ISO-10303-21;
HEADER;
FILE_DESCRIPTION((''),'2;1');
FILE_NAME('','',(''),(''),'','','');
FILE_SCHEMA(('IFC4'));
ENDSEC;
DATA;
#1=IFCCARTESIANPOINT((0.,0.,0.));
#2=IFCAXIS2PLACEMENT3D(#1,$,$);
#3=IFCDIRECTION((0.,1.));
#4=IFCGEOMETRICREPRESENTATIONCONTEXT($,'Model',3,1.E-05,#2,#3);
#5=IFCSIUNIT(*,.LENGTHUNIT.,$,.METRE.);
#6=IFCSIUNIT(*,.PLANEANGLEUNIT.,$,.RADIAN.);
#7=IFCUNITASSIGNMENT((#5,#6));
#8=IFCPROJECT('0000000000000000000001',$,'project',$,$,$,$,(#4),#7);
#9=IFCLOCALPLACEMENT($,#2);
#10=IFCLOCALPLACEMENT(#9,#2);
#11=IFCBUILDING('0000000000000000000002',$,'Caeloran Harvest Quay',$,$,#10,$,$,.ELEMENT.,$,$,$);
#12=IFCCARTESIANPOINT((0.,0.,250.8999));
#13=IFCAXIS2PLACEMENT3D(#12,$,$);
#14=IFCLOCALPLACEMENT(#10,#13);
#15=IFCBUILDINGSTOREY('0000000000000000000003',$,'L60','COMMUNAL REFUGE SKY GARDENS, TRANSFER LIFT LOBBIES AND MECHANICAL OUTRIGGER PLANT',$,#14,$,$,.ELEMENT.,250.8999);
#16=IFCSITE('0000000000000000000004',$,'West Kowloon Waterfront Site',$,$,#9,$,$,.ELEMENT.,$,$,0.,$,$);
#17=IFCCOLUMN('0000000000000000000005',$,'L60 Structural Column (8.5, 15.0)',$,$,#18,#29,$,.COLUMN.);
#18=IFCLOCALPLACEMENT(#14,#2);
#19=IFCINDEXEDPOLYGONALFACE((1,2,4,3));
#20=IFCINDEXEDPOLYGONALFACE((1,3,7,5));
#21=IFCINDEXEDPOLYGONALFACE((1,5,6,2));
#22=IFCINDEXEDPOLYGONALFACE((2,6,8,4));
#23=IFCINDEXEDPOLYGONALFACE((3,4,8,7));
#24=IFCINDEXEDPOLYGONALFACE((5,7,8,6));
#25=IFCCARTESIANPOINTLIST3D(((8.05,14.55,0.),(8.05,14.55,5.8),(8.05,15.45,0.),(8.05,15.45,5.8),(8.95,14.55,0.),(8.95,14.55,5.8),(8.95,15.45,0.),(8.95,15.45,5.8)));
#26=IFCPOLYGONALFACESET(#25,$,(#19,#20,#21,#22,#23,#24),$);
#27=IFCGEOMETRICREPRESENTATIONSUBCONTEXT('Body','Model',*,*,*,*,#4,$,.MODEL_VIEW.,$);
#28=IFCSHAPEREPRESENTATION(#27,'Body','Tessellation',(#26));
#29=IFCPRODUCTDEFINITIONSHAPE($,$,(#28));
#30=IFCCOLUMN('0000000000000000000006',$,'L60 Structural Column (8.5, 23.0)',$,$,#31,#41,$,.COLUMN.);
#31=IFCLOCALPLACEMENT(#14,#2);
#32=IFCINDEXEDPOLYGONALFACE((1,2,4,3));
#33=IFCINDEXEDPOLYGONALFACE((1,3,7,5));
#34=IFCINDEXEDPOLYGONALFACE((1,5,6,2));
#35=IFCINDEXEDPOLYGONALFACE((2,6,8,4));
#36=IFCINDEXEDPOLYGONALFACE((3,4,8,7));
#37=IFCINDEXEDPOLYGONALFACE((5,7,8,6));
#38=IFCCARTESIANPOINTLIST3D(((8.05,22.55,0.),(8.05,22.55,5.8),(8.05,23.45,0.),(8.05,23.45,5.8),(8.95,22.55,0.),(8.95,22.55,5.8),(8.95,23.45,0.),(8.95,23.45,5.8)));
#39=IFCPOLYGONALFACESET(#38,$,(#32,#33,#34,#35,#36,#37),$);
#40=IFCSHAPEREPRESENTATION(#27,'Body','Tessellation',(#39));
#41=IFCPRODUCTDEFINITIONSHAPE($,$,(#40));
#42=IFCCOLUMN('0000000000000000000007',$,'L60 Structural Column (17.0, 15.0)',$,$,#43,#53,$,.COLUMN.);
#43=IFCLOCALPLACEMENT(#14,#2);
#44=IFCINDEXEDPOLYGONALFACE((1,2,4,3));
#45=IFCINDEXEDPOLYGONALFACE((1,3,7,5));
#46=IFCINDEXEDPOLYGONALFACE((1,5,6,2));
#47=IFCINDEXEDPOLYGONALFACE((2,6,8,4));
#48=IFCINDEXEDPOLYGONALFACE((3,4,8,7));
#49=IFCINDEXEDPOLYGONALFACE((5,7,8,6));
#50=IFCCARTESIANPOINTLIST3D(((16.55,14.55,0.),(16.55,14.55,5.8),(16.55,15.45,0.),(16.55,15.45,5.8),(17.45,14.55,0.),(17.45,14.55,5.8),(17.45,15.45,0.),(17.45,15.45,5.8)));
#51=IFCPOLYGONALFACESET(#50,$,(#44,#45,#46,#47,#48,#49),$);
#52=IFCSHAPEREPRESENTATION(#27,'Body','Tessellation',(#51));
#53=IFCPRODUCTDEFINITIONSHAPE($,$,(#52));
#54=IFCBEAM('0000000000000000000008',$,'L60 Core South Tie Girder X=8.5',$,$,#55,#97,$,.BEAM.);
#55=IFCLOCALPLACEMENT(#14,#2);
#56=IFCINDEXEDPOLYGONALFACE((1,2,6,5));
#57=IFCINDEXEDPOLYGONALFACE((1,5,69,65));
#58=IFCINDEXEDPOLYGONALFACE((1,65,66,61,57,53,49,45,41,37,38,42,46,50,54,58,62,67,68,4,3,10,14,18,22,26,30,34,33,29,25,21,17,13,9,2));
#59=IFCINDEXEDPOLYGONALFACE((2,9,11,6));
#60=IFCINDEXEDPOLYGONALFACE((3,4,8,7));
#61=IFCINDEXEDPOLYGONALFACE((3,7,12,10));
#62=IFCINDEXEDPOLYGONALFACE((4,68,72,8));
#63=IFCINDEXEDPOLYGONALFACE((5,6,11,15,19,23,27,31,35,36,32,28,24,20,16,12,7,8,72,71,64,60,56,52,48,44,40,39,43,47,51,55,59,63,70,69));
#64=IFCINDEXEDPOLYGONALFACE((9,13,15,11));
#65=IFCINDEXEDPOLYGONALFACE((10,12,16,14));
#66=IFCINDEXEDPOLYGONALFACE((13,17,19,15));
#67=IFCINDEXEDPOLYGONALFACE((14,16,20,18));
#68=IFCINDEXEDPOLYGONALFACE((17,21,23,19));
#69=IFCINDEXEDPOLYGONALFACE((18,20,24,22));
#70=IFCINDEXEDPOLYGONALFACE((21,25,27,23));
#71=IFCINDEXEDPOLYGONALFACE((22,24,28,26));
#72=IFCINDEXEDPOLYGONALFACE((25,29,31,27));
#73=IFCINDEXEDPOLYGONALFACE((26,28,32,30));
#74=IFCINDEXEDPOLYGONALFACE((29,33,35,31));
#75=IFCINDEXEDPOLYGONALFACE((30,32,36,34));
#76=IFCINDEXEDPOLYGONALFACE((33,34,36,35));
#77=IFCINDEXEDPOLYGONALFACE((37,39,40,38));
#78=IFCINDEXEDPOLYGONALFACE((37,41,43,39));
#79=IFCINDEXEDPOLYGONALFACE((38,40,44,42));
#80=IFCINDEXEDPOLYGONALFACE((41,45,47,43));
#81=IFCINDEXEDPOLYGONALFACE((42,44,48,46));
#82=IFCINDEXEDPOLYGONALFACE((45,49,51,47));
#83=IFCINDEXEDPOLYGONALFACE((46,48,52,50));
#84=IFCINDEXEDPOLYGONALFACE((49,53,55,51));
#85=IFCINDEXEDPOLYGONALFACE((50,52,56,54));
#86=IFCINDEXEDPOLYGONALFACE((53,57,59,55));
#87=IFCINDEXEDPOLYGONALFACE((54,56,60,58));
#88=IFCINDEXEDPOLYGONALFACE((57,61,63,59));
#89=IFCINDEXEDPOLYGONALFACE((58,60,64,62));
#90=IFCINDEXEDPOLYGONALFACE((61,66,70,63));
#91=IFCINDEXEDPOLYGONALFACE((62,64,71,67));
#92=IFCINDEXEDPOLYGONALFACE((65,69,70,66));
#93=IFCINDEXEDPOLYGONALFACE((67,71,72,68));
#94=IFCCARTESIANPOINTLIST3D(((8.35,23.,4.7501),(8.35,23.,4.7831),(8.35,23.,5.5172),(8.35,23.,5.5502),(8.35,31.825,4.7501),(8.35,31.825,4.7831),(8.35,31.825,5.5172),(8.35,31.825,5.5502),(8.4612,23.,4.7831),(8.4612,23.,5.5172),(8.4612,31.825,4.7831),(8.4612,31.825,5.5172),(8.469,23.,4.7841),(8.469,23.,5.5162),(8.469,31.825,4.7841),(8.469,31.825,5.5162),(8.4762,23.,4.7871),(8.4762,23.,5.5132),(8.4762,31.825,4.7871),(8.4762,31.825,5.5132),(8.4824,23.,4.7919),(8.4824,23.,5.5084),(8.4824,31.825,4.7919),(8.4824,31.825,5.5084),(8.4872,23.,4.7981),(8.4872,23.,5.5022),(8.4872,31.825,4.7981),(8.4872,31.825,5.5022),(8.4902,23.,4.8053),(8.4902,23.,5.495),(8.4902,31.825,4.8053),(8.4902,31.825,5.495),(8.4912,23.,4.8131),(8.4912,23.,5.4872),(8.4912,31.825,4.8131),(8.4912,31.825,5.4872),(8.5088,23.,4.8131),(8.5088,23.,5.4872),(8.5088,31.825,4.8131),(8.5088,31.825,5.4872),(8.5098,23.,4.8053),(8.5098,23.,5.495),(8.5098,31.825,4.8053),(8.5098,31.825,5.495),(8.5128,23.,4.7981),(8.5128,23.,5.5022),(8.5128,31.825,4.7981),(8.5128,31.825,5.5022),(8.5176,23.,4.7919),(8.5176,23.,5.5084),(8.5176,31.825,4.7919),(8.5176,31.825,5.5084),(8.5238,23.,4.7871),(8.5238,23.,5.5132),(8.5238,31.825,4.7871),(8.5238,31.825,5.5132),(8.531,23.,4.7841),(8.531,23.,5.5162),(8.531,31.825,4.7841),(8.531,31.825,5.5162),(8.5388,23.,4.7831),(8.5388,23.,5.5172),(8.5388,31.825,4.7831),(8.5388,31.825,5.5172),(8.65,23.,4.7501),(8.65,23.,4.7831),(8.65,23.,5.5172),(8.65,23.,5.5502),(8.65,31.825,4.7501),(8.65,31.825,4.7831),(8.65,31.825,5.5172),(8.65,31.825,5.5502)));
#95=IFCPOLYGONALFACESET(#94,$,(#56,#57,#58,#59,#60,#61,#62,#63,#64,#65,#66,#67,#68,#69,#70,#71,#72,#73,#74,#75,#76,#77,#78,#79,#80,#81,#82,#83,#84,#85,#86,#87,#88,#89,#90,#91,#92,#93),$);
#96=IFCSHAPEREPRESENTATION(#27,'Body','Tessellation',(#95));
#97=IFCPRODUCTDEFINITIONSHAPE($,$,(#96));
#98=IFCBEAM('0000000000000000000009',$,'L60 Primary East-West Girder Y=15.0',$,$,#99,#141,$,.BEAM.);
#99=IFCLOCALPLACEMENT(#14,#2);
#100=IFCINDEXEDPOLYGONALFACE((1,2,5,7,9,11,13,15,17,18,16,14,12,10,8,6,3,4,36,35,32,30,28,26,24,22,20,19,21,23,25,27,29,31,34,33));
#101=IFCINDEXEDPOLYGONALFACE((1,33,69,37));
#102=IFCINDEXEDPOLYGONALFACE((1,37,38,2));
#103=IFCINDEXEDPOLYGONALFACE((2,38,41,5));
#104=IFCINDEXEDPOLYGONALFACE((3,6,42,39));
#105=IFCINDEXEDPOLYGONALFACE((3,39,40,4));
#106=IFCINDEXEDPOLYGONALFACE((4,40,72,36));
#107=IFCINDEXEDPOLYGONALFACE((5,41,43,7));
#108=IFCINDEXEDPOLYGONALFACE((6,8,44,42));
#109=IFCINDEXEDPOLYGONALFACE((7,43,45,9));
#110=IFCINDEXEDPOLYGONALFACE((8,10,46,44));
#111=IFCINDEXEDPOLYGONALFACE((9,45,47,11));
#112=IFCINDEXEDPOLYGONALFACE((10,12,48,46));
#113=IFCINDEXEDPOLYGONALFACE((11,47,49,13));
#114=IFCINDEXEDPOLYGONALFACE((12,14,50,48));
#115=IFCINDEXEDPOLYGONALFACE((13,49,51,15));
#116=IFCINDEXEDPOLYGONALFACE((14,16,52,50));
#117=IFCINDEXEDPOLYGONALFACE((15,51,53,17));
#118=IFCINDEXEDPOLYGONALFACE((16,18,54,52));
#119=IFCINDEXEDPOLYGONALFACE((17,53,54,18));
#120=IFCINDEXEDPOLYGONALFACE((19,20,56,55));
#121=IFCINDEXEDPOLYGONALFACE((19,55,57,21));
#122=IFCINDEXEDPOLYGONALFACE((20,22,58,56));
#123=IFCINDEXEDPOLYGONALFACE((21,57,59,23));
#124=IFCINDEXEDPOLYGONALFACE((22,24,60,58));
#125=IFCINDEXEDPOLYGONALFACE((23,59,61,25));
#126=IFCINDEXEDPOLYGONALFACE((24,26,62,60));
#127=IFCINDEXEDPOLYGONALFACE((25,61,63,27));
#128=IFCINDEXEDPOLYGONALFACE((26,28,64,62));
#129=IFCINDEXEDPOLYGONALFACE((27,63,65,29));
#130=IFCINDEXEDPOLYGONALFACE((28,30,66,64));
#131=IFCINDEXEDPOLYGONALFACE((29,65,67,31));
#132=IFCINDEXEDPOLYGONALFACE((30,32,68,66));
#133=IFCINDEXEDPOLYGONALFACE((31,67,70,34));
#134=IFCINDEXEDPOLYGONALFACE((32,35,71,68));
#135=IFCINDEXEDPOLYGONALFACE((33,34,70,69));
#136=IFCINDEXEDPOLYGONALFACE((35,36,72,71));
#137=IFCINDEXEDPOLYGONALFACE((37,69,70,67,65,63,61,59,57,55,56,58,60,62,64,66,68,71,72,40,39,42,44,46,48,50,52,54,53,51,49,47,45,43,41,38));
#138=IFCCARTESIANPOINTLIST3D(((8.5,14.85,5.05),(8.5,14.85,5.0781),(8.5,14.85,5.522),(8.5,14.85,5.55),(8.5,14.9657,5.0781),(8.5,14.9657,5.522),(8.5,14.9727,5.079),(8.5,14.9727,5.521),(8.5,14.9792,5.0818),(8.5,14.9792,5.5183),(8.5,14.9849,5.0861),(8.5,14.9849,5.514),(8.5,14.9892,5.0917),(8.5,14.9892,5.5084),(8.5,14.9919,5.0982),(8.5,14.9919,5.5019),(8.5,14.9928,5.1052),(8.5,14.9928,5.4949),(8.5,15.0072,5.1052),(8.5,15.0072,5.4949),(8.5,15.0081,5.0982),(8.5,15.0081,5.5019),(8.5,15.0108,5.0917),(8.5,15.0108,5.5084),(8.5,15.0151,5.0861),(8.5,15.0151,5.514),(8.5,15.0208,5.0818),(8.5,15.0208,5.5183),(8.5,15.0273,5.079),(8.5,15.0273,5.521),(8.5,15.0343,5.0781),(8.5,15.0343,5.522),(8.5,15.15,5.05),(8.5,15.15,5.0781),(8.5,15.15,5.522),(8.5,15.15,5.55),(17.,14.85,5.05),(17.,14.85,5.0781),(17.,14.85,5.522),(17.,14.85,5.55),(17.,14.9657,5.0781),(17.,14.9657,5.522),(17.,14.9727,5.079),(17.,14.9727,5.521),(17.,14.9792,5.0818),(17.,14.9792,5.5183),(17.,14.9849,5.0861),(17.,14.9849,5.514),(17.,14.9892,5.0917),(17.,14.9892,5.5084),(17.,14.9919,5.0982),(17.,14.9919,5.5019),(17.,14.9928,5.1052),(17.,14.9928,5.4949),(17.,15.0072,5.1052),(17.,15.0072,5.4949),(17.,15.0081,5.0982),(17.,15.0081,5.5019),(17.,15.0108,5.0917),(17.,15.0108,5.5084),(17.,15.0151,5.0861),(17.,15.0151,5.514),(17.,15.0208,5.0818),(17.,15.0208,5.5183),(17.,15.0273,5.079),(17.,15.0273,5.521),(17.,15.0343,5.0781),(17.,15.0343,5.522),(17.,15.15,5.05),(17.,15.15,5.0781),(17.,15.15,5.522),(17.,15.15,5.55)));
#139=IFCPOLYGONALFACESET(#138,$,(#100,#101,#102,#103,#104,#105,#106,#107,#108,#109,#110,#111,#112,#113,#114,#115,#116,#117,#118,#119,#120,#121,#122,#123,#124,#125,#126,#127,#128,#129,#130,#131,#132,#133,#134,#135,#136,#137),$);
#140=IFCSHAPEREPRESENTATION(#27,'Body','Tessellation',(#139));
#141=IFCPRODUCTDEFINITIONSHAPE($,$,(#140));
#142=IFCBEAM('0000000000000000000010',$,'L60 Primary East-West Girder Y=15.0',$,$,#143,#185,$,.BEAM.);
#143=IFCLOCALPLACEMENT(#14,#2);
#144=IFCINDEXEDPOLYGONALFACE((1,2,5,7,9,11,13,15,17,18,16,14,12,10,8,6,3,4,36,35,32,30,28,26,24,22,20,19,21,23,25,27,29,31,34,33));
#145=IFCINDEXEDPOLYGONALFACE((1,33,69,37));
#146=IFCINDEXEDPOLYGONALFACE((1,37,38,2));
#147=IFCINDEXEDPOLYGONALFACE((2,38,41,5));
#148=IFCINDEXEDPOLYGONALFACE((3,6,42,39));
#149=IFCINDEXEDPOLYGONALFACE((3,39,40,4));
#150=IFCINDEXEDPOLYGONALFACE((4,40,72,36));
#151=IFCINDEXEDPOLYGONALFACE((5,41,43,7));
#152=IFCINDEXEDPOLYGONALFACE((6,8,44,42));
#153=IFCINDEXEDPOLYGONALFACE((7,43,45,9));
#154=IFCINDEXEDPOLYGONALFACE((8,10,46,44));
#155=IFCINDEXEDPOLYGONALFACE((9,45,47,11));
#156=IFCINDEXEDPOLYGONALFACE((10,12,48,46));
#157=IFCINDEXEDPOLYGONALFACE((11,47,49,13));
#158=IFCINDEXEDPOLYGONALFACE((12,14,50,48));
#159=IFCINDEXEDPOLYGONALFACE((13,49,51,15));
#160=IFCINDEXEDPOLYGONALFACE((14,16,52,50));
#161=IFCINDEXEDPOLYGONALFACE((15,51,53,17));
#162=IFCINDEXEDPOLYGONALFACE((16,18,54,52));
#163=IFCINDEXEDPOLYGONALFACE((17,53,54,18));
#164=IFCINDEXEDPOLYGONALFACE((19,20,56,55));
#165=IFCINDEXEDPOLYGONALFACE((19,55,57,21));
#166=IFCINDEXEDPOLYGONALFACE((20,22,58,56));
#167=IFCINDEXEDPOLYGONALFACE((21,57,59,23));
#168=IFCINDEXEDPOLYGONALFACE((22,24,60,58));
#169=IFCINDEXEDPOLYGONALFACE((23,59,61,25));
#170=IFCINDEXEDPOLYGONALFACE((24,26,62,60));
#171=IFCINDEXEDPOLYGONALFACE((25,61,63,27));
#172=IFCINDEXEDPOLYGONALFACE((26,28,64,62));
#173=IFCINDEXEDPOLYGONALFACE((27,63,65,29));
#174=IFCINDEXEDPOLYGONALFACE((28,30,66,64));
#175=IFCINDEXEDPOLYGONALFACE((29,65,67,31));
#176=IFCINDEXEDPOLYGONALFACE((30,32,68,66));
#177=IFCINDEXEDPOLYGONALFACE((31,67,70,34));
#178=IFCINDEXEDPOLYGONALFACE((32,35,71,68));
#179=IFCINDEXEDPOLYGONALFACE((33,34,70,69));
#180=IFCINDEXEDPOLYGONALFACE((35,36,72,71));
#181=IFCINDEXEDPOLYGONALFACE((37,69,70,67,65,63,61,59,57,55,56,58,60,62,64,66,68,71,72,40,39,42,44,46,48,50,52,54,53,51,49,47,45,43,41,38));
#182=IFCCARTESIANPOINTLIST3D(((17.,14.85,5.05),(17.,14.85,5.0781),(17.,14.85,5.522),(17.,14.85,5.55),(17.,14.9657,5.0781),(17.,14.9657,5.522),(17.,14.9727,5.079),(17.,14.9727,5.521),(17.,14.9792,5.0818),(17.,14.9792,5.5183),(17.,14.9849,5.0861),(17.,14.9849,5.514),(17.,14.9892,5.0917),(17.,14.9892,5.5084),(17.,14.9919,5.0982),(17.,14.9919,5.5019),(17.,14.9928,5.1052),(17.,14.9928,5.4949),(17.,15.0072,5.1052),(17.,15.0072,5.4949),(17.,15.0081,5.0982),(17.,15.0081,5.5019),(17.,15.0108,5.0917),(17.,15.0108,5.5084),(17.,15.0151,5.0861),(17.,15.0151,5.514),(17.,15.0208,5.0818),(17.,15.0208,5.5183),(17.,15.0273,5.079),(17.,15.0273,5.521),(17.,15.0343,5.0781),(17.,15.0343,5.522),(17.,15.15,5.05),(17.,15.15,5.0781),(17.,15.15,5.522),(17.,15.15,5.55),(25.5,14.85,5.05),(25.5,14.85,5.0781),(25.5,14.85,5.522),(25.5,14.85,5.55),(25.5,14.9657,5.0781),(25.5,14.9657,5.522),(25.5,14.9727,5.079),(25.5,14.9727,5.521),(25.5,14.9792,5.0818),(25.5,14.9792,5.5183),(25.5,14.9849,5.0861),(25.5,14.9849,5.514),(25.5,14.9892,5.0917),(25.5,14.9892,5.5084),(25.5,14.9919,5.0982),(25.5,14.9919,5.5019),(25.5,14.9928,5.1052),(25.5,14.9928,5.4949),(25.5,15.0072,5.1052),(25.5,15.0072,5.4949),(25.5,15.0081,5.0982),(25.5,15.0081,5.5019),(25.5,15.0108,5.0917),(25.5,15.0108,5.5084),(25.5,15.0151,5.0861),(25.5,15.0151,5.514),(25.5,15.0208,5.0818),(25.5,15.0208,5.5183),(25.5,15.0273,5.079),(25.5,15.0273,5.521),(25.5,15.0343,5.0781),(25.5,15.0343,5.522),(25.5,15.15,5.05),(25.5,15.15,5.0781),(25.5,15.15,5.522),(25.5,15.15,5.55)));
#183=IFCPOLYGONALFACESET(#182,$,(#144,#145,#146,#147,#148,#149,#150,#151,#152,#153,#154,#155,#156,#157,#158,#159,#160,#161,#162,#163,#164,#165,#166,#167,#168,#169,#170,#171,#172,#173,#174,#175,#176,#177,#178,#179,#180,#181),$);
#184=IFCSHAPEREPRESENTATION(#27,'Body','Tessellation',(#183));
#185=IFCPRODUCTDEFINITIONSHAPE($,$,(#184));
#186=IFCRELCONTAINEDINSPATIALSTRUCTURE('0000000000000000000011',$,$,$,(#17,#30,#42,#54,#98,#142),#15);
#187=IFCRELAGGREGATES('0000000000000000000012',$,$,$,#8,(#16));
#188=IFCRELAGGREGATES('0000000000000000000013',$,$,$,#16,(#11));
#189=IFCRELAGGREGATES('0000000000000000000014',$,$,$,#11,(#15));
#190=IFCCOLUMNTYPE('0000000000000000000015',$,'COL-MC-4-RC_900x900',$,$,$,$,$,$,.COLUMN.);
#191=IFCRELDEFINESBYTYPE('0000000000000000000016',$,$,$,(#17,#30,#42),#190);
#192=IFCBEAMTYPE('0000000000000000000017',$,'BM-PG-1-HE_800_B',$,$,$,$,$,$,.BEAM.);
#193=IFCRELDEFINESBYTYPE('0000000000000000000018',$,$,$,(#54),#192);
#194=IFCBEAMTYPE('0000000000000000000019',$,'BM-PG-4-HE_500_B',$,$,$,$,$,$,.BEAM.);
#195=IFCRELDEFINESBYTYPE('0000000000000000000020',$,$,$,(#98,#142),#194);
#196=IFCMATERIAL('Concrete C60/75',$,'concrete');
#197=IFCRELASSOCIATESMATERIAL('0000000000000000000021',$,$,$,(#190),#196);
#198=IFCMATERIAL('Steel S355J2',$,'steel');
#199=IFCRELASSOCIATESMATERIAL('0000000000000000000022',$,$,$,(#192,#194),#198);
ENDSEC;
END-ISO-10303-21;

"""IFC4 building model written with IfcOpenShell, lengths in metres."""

from ifc_helpers import new_model, si_unit, direction, frame, origin, origin_2d, place, context, subcontext, project, spatial, rectangle, i_section, extrude, material, material_profile, profile_set, type_object, element, save


model = new_model("IFC4")

# Units and contexts
model_context = context("Model", 3, precision=1e-05, world=origin(), true_north=direction((0.0, 1.0)))
body_context = subcontext(model_context, "Body", "Model", "MODEL_VIEW")
ifc_project = project(units=[si_unit("LENGTHUNIT", "METRE"), si_unit("PLANEANGLEUNIT", "RADIAN")], contexts=[model_context])

# Site, building, storey
site_placement = place(None, origin())
site = spatial("IfcSite", under=ifc_project, at=site_placement, Name="West Kowloon Waterfront Site", CompositionType="ELEMENT", RefElevation=0.0)
building_placement = place(site_placement, origin())
building = spatial("IfcBuilding", under=site, at=building_placement, Name="Caeloran Harvest Quay", CompositionType="ELEMENT")
storey_placement = place(building_placement, frame((0.0, 0.0, 250.8999)))
storey = spatial("IfcBuildingStorey", under=building, at=storey_placement, Name="L60", Description="COMMUNAL REFUGE SKY GARDENS, TRANSFER LIFT LOBBIES AND MECHANICAL OUTRIGGER PLANT", CompositionType="ELEMENT", Elevation=250.8999)

# Columns
ifc_material_1 = material(Name="Concrete C60/75", Category="concrete")
ifc_material_profile_1 = material_profile(ifc_material_1, rectangle(XDim=0.8999, YDim=0.8999, at=origin_2d()), Name="RC 900x900")
ifc_profile_set_1 = profile_set([ifc_material_profile_1], Name="Concrete C60/75")
column_type = type_object("IfcColumnType", Name="COL-MC-4-RC_900x900", PredefinedType="COLUMN", material=ifc_profile_set_1)
for number, where, z_axis, x_axis, name in (
    (1, (8.5, 15.0, 0.0), (0.0, 0.0, 1.0), (1.0, 0.0, 0.0), "L60 Structural Column (8.5, 15.0)"),
    (2, (8.5, 23.0, 0.0), (0.0, 0.0, 1.0), (1.0, 0.0, 0.0), "L60 Structural Column (8.5, 23.0)"),
    (3, (17.0, 15.0, 0.0), (0.0, 0.0, 1.0), (1.0, 0.0, 0.0), "L60 Structural Column (17.0, 15.0)"),
):
    element("IfcColumn", number, at=place(storey_placement, frame(where, z_axis=z_axis, x_axis=x_axis)), inside=storey, type_object=column_type, Name=name, PredefinedType="COLUMN", context=body_context, shape_type="SweptSolid", body=[
        extrude(rectangle(XDim=0.8999, YDim=0.8999, at=origin_2d()), origin(), (0.0, 0.0, 1.0), 5.8),
    ])

# Beams
ifc_material_2 = material(Name="Steel S355J2", Category="steel")
ifc_material_profile_2 = material_profile(ifc_material_2, i_section(OverallWidth=0.3, OverallDepth=0.8, WebThickness=0.0176, FlangeThickness=0.033, FilletRadius=0.03, at=origin_2d()), Name="HE 800 B")
ifc_profile_set_2 = profile_set([ifc_material_profile_2], Name="Steel S355J2")
beam_type_1 = type_object("IfcBeamType", Name="BM-PG-1-HE_800_B", PredefinedType="BEAM", material=ifc_profile_set_2)
beam_1_placement = place(storey_placement, frame((8.5, 23.0, 5.1501), z_axis=(0.0, 1.0, 0.0), x_axis=(-1.0, 0.0, 0.0)))
element("IfcBeam", 4, at=beam_1_placement, inside=storey, type_object=beam_type_1, Name="L60 Core South Tie Girder X=8.5", PredefinedType="BEAM", context=body_context, shape_type="SweptSolid", body=[
    extrude(i_section(OverallWidth=0.3, OverallDepth=0.8, WebThickness=0.0176, FlangeThickness=0.033, FilletRadius=0.03, at=origin_2d()), origin(), (0.0, 0.0, 1.0), 8.825),
])
ifc_material_profile_3 = material_profile(ifc_material_2, i_section(OverallWidth=0.3, OverallDepth=0.5, WebThickness=0.0144, FlangeThickness=0.0281, FilletRadius=0.0271, at=origin_2d()), Name="HE 500 B")
ifc_profile_set_3 = profile_set([ifc_material_profile_3], Name="Steel S355J2")
beam_type_2 = type_object("IfcBeamType", Name="BM-PG-4-HE_500_B", PredefinedType="BEAM", material=ifc_profile_set_3)
for number, where, z_axis, x_axis, name in (
    (5, (8.5, 15.0, 5.3), (1.0, 0.0, 0.0), (0.0, 1.0, 0.0), "L60 Primary East-West Girder Y=15.0"),
    (6, (17.0, 15.0, 5.3), (1.0, 0.0, 0.0), (0.0, 1.0, 0.0), "L60 Primary East-West Girder Y=15.0"),
):
    element("IfcBeam", number, at=place(storey_placement, frame(where, z_axis=z_axis, x_axis=x_axis)), inside=storey, type_object=beam_type_2, Name=name, PredefinedType="BEAM", context=body_context, shape_type="SweptSolid", body=[
        extrude(i_section(OverallWidth=0.3, OverallDepth=0.5, WebThickness=0.0144, FlangeThickness=0.0281, FilletRadius=0.0271, at=origin_2d()), origin(), (0.0, 0.0, 1.0), 8.5),
    ])

save(model, "model.ifc")
